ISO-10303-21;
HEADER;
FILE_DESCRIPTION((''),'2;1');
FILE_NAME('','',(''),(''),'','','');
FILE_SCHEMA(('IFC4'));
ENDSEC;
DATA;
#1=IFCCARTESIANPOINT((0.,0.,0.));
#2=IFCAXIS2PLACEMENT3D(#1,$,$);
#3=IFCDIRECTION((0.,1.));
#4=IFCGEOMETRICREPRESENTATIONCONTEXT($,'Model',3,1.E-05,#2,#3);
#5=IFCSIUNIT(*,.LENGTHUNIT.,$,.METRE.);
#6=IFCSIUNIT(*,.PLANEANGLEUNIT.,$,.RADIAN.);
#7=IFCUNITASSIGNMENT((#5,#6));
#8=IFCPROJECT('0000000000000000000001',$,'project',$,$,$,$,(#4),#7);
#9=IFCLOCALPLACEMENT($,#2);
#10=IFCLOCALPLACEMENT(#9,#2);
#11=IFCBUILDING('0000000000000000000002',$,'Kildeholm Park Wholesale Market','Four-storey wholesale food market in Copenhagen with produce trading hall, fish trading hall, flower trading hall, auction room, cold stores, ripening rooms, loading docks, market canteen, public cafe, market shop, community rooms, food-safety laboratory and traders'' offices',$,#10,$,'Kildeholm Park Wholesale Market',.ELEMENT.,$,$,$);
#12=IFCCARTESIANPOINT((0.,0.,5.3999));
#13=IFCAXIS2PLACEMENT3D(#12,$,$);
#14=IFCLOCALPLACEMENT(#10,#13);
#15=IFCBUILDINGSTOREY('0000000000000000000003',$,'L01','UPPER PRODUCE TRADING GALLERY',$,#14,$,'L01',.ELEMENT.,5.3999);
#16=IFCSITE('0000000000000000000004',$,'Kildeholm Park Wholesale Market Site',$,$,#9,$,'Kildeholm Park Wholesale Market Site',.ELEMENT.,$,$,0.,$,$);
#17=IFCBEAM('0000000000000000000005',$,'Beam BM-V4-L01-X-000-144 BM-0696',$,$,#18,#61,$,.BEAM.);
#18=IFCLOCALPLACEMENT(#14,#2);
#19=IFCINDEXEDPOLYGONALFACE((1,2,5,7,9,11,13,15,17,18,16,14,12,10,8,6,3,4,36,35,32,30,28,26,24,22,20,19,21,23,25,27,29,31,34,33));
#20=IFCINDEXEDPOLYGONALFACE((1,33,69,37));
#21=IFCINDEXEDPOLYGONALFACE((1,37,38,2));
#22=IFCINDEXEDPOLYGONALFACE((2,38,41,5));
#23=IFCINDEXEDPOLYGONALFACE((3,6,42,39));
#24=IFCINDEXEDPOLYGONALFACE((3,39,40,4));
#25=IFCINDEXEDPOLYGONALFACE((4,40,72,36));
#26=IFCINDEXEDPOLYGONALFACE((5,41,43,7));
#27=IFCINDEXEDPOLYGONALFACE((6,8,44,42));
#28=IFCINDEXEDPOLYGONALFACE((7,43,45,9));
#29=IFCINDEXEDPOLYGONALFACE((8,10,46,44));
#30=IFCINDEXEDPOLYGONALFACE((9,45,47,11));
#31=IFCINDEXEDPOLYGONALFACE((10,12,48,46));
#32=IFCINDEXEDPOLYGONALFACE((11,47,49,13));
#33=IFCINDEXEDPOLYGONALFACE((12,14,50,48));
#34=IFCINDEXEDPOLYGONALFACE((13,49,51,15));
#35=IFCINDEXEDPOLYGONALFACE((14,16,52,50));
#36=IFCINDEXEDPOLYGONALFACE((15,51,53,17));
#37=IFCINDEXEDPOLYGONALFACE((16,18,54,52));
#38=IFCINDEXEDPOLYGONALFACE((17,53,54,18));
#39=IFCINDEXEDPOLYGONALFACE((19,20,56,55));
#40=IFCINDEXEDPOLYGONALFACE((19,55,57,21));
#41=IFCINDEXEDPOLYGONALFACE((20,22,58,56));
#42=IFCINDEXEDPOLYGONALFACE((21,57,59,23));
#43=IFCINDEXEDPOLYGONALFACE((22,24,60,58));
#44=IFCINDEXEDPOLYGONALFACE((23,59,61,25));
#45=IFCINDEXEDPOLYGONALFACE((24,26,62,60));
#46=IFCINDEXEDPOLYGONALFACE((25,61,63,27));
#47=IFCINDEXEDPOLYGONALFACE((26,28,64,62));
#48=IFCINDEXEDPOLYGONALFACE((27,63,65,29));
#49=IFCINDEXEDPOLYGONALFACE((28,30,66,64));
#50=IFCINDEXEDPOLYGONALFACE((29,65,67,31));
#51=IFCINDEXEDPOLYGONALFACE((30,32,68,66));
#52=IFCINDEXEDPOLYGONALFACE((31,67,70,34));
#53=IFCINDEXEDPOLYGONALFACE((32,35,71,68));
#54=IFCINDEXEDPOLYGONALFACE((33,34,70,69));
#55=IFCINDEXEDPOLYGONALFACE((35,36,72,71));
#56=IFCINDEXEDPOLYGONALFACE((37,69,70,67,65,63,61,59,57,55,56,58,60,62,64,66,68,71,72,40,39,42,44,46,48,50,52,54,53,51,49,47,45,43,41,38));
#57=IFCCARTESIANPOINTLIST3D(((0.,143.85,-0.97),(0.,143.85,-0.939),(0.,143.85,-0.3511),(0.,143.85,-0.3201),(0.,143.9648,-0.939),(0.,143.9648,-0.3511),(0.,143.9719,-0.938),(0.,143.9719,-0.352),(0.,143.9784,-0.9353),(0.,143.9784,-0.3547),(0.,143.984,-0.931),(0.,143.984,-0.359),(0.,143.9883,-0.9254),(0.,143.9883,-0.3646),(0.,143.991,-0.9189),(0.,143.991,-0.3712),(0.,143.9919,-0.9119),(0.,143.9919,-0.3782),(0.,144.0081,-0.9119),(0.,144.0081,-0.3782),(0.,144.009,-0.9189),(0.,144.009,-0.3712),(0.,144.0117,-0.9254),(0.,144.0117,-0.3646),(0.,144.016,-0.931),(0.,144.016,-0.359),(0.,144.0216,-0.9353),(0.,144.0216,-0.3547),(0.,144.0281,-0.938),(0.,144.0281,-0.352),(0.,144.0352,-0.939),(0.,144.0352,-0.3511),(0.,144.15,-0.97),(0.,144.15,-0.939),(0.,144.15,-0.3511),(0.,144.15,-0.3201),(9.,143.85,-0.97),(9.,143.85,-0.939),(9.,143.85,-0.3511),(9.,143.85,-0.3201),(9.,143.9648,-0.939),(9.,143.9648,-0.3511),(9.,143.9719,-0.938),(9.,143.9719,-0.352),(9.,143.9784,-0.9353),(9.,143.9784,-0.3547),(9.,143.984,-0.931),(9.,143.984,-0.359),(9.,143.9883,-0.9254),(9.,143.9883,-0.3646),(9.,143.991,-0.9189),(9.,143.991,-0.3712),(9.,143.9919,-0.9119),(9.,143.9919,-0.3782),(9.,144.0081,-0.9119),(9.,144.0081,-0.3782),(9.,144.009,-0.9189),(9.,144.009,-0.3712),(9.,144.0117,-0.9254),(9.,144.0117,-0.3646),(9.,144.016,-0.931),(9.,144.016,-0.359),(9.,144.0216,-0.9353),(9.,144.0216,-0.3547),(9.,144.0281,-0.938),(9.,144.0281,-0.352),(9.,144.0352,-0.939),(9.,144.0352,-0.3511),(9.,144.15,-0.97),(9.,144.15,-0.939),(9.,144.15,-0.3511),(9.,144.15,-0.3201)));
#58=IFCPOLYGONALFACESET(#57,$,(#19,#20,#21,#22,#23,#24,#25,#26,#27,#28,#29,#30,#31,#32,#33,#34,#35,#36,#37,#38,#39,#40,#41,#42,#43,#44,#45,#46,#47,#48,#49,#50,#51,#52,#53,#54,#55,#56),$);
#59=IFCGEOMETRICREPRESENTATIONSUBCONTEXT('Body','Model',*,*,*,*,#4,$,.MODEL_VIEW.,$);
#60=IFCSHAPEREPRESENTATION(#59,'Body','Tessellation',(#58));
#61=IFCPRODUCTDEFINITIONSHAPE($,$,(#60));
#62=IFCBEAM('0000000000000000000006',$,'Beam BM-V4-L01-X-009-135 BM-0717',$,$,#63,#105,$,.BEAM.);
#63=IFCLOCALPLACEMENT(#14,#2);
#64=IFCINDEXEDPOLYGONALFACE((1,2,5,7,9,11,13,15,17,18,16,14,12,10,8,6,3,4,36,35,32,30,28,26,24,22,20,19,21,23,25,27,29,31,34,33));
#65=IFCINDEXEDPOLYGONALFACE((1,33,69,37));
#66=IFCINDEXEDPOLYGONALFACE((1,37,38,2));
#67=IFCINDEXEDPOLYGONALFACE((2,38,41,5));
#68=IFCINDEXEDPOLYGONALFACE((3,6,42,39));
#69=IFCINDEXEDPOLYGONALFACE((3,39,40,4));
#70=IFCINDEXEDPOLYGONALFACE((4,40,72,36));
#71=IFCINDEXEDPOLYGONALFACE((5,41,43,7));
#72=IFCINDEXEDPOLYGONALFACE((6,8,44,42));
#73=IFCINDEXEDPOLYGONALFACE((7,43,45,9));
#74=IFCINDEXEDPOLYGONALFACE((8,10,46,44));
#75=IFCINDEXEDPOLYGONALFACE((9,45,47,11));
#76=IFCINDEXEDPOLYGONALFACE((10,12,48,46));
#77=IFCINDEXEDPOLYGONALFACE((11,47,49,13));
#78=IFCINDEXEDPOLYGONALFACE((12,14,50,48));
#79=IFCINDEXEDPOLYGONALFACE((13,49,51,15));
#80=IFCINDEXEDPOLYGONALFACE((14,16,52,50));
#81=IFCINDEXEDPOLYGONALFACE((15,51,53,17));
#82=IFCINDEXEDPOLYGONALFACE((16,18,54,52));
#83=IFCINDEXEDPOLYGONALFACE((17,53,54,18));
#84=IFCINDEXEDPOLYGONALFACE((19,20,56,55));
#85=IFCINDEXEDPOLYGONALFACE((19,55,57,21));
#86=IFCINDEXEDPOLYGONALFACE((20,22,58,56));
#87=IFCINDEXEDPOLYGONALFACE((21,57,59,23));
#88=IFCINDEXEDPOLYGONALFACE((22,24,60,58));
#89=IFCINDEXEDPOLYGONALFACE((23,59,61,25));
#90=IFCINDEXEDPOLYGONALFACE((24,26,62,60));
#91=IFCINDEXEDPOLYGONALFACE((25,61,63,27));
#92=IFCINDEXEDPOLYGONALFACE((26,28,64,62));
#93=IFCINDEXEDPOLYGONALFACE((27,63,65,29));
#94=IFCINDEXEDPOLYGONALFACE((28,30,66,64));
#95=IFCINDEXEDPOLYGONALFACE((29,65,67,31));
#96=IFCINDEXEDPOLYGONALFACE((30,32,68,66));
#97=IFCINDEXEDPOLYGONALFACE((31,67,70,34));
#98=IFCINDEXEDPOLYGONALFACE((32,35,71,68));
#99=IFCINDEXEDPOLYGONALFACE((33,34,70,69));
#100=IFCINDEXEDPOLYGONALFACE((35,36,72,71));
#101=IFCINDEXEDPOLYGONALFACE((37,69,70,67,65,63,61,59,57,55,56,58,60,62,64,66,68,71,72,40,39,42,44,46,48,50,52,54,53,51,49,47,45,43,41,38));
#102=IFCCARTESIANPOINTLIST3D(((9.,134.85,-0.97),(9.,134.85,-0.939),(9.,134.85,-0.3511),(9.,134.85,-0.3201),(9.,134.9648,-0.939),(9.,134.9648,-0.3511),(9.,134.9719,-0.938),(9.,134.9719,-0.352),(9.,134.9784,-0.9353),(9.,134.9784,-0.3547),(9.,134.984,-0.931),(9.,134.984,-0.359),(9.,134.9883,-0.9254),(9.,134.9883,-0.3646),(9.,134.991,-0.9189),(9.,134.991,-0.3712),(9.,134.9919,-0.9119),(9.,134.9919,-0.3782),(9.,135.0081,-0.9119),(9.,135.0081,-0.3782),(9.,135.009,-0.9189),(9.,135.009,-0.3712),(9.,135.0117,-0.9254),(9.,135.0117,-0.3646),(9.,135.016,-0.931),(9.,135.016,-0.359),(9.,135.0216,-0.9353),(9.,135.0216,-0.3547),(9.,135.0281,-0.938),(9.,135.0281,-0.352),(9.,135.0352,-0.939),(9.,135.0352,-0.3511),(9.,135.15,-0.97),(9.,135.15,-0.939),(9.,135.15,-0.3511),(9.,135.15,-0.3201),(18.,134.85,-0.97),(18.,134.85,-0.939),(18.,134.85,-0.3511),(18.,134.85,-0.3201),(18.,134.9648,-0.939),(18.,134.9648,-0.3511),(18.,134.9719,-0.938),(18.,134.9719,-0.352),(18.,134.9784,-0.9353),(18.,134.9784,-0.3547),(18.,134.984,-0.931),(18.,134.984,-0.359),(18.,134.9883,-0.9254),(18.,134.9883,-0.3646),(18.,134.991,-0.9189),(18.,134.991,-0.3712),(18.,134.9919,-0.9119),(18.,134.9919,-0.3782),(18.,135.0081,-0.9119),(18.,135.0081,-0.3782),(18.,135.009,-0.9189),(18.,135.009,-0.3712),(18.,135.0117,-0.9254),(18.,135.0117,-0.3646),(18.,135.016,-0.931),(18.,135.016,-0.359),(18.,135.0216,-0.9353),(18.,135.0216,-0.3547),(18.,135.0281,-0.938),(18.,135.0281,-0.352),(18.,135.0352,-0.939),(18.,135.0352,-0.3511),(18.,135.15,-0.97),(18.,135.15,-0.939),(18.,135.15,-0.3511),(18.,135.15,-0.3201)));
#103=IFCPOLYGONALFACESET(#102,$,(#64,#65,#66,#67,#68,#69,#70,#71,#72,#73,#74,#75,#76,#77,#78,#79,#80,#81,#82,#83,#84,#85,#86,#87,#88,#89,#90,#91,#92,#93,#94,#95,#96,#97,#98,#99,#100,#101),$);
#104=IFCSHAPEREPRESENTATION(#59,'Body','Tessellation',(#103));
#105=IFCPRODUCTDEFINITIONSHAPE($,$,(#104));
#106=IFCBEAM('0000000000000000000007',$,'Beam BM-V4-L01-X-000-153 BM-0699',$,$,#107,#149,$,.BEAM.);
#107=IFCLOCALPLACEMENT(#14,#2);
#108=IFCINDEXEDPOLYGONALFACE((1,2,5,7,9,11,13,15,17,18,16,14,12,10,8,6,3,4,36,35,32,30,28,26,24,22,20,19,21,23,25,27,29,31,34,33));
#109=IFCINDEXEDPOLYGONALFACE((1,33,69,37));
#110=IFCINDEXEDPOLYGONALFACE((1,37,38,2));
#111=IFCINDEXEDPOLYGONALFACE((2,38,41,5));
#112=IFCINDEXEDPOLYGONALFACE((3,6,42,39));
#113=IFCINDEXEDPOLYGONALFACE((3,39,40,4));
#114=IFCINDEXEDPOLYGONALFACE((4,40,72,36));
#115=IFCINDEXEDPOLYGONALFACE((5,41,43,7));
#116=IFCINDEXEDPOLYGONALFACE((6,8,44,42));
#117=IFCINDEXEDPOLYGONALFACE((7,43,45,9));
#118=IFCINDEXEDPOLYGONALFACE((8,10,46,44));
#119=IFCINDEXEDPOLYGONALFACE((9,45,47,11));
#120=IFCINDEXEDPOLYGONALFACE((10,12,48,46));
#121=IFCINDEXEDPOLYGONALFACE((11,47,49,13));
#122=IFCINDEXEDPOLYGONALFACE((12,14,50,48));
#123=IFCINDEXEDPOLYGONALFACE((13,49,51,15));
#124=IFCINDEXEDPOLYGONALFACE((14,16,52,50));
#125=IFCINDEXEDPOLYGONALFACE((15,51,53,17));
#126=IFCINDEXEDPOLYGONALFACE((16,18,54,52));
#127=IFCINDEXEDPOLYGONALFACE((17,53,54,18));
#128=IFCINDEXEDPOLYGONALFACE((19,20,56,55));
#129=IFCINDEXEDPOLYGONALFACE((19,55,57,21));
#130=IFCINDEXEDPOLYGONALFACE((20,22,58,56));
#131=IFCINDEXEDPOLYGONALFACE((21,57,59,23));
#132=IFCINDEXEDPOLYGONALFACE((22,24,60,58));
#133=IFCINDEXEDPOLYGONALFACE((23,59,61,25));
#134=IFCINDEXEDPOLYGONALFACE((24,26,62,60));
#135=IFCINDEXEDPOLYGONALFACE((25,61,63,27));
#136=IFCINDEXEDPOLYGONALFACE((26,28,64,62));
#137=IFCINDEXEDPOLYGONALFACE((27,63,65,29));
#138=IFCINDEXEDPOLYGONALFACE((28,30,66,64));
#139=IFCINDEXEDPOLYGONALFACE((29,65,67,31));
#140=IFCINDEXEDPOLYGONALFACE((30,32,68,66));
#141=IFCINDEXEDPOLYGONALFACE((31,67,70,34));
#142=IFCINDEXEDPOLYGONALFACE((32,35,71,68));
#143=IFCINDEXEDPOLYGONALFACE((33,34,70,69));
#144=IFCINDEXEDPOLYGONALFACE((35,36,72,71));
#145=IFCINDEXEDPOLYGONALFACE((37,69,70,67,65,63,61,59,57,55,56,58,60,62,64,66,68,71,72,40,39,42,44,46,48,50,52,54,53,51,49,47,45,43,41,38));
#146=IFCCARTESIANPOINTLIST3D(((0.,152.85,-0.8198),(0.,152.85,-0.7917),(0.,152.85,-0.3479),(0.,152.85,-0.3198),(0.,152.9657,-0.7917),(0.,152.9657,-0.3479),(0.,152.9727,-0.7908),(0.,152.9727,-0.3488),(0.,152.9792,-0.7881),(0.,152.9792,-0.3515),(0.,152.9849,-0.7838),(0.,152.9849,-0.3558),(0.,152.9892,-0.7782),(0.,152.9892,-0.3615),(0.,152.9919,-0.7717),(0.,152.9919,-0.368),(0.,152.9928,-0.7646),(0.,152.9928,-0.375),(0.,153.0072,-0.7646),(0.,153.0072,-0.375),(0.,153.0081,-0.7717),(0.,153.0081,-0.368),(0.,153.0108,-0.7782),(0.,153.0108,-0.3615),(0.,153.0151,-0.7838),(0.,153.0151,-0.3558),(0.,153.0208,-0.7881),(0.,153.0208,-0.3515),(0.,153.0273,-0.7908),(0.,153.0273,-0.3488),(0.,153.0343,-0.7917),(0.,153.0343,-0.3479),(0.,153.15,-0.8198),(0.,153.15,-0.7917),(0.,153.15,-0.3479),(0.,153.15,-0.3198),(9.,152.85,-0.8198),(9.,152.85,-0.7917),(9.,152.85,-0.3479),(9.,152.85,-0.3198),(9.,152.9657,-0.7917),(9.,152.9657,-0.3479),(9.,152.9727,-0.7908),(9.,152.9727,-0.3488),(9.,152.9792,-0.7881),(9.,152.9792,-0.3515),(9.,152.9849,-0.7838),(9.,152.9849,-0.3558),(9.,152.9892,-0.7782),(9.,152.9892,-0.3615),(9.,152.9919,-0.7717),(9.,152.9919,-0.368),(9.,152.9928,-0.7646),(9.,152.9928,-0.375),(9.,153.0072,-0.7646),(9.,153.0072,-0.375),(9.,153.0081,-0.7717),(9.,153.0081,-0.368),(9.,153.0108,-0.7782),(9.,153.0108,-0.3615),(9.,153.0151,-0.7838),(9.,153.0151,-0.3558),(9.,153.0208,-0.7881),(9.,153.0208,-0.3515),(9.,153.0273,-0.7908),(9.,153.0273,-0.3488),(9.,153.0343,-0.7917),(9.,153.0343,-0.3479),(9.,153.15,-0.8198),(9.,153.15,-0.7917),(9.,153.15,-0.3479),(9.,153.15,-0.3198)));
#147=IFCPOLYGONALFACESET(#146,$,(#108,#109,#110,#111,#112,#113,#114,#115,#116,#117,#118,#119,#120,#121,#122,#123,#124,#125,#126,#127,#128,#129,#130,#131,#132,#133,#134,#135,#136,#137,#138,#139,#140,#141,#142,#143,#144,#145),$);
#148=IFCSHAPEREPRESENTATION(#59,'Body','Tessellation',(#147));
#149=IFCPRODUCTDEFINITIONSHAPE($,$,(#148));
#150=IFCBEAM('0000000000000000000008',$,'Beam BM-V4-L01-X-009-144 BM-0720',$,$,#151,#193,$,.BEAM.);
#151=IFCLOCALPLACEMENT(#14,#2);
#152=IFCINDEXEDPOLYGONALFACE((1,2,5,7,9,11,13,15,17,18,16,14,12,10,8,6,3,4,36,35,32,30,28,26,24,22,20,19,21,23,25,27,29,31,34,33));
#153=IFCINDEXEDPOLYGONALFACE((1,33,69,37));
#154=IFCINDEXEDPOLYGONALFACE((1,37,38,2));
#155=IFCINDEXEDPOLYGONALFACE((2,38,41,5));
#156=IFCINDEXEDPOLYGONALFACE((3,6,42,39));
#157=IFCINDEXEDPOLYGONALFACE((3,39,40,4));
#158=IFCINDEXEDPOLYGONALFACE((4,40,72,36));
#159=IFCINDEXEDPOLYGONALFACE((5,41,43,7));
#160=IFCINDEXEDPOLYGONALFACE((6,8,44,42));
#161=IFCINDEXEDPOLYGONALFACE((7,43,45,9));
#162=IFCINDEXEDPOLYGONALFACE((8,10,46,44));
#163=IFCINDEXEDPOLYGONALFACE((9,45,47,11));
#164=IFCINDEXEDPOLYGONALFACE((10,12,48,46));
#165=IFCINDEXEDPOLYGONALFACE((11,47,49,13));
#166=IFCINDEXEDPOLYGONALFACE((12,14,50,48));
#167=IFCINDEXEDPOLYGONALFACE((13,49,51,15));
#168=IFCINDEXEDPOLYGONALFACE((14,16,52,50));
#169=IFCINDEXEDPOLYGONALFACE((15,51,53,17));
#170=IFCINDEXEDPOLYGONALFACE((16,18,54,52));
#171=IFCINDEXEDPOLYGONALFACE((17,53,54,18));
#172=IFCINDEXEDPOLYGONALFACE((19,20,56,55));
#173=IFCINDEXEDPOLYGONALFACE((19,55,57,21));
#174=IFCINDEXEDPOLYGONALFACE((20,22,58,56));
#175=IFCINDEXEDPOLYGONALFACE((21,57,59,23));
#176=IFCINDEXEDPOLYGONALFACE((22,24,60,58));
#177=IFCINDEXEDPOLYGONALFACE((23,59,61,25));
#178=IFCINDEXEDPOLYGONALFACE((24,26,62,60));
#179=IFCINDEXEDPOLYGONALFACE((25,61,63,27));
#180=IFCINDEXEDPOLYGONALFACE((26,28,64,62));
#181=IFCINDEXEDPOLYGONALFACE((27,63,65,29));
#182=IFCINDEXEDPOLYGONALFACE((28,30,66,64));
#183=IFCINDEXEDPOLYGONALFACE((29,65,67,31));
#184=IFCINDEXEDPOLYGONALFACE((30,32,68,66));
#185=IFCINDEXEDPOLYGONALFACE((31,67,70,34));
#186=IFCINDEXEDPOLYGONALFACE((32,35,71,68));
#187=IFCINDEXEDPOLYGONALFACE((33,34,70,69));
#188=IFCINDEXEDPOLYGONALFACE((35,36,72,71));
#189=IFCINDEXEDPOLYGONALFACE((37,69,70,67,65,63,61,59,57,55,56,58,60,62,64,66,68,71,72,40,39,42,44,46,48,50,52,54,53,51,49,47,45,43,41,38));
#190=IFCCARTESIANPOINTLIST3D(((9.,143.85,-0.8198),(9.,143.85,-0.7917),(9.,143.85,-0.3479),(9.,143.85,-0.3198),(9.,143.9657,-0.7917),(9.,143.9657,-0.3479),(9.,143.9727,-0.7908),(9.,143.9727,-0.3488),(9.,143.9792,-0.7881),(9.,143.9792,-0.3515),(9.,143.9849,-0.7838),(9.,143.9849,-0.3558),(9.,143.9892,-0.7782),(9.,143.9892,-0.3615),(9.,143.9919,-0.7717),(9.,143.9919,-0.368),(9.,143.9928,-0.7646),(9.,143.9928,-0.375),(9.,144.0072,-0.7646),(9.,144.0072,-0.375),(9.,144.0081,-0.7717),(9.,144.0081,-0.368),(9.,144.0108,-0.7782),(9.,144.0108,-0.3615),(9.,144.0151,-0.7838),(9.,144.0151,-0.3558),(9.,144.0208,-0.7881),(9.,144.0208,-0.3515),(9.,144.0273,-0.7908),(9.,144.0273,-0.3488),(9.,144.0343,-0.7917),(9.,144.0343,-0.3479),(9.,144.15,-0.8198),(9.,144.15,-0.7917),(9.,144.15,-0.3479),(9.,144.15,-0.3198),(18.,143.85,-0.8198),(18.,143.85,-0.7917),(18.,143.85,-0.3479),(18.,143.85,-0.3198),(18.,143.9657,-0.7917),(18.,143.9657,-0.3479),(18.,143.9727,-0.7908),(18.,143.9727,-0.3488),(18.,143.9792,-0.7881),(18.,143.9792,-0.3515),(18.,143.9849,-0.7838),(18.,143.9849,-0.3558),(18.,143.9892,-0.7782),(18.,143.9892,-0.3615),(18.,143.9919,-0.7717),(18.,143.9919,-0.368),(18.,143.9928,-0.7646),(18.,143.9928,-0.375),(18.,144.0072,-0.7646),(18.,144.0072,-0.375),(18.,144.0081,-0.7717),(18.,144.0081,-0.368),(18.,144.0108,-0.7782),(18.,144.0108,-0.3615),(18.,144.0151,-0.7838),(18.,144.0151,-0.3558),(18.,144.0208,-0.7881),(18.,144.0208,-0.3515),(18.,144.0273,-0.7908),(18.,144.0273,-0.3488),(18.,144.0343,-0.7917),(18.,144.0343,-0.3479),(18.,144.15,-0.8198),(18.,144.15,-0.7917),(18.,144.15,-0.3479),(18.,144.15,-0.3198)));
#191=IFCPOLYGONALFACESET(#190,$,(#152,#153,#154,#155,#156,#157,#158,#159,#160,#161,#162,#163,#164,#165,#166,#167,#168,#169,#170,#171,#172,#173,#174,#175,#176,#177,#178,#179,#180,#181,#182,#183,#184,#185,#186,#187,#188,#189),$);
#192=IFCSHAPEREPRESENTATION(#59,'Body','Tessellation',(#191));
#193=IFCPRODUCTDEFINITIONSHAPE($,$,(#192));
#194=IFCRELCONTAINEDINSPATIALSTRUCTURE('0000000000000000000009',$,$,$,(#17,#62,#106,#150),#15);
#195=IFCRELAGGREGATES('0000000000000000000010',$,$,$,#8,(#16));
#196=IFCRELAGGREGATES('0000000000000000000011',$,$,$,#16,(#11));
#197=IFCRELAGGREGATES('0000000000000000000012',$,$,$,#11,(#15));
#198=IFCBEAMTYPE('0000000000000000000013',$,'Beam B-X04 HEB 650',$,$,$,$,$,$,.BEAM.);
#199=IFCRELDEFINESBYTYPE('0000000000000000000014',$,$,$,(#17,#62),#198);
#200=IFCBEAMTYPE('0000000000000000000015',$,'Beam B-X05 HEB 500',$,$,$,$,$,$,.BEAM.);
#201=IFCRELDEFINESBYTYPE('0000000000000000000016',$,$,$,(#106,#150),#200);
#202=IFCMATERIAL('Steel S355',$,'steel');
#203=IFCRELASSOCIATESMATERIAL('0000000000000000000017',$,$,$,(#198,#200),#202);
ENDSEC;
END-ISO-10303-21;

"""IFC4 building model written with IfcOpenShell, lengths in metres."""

from ifc_helpers import new_model, si_unit, direction, frame, origin, origin_2d, place, context, subcontext, project, spatial, i_section, extrude, material, material_profile, profile_set, type_object, element, save


model = new_model("IFC4")

# Units and contexts
model_context = context("Model", 3, precision=1e-05, world=origin(), true_north=direction((0.0, 1.0)))
body_context = subcontext(model_context, "Body", "Model", "MODEL_VIEW")
ifc_project = project(units=[si_unit("LENGTHUNIT", "METRE"), si_unit("PLANEANGLEUNIT", "RADIAN")], contexts=[model_context])

# Site, building, storey
site_placement = place(None, origin())
site = spatial("IfcSite", under=ifc_project, at=site_placement, Name="Kildeholm Park Wholesale Market Site", LongName="Kildeholm Park Wholesale Market Site", CompositionType="ELEMENT", RefElevation=0.0)
building_placement = place(site_placement, origin())
building = spatial("IfcBuilding", under=site, at=building_placement, Name="Kildeholm Park Wholesale Market", Description="Four-storey wholesale food market in Copenhagen with produce trading hall, fish trading hall, flower trading hall, auction room, cold stores, ripening rooms, loading docks, market canteen, public cafe, market shop, community rooms, food-safety laboratory and traders' offices", LongName="Kildeholm Park Wholesale Market", CompositionType="ELEMENT")
storey_placement = place(building_placement, frame((0.0, 0.0, 5.3999)))
storey = spatial("IfcBuildingStorey", under=building, at=storey_placement, Name="L01", Description="UPPER PRODUCE TRADING GALLERY", LongName="L01", CompositionType="ELEMENT", Elevation=5.3999)

# Beams
ifc_material_1 = material(Name="Steel S355", Category="steel")
ifc_material_profile_1 = material_profile(ifc_material_1, i_section(OverallWidth=0.3, OverallDepth=0.6499, WebThickness=0.0161, FlangeThickness=0.031, FilletRadius=0.0271, at=origin_2d()), Name="HEB 650")
ifc_profile_set_1 = profile_set([ifc_material_profile_1], Name="Steel S355")
beam_type_1 = type_object("IfcBeamType", Name="Beam B-X04 HEB 650", PredefinedType="BEAM", material=ifc_profile_set_1)
for number, where, z_axis, x_axis, name in (
    (1, (0.0, 144.0, -0.645), (1.0, 0.0, 0.0), (0.0, 1.0, 0.0), "Beam BM-V4-L01-X-000-144 BM-0696"),
    (2, (9.0, 135.0, -0.645), (1.0, 0.0, 0.0), (0.0, 1.0, 0.0), "Beam BM-V4-L01-X-009-135 BM-0717"),
):
    element("IfcBeam", number, at=place(storey_placement, frame(where, z_axis=z_axis, x_axis=x_axis)), inside=storey, type_object=beam_type_1, Name=name, PredefinedType="BEAM", context=body_context, shape_type="SweptSolid", body=[
        extrude(i_section(OverallWidth=0.3, OverallDepth=0.6499, WebThickness=0.0161, FlangeThickness=0.031, FilletRadius=0.0271, at=origin_2d()), origin(), (0.0, 0.0, 1.0), 9.0),
    ])
ifc_material_profile_2 = material_profile(ifc_material_1, i_section(OverallWidth=0.3, OverallDepth=0.5, WebThickness=0.0144, FlangeThickness=0.0281, FilletRadius=0.0271, at=origin_2d()), Name="HEB 500")
ifc_profile_set_2 = profile_set([ifc_material_profile_2], Name="Steel S355")
beam_type_2 = type_object("IfcBeamType", Name="Beam B-X05 HEB 500", PredefinedType="BEAM", material=ifc_profile_set_2)
for number, where, z_axis, x_axis, name in (
    (3, (0.0, 153.0, -0.5698), (1.0, 0.0, 0.0), (0.0, 1.0, 0.0), "Beam BM-V4-L01-X-000-153 BM-0699"),
    (4, (9.0, 144.0, -0.5698), (1.0, 0.0, 0.0), (0.0, 1.0, 0.0), "Beam BM-V4-L01-X-009-144 BM-0720"),
):
    element("IfcBeam", number, at=place(storey_placement, frame(where, z_axis=z_axis, x_axis=x_axis)), inside=storey, type_object=beam_type_2, Name=name, PredefinedType="BEAM", context=body_context, shape_type="SweptSolid", body=[
        extrude(i_section(OverallWidth=0.3, OverallDepth=0.5, WebThickness=0.0144, FlangeThickness=0.0281, FilletRadius=0.0271, at=origin_2d()), origin(), (0.0, 0.0, 1.0), 9.0),
    ])

save(model, "model.ifc")
